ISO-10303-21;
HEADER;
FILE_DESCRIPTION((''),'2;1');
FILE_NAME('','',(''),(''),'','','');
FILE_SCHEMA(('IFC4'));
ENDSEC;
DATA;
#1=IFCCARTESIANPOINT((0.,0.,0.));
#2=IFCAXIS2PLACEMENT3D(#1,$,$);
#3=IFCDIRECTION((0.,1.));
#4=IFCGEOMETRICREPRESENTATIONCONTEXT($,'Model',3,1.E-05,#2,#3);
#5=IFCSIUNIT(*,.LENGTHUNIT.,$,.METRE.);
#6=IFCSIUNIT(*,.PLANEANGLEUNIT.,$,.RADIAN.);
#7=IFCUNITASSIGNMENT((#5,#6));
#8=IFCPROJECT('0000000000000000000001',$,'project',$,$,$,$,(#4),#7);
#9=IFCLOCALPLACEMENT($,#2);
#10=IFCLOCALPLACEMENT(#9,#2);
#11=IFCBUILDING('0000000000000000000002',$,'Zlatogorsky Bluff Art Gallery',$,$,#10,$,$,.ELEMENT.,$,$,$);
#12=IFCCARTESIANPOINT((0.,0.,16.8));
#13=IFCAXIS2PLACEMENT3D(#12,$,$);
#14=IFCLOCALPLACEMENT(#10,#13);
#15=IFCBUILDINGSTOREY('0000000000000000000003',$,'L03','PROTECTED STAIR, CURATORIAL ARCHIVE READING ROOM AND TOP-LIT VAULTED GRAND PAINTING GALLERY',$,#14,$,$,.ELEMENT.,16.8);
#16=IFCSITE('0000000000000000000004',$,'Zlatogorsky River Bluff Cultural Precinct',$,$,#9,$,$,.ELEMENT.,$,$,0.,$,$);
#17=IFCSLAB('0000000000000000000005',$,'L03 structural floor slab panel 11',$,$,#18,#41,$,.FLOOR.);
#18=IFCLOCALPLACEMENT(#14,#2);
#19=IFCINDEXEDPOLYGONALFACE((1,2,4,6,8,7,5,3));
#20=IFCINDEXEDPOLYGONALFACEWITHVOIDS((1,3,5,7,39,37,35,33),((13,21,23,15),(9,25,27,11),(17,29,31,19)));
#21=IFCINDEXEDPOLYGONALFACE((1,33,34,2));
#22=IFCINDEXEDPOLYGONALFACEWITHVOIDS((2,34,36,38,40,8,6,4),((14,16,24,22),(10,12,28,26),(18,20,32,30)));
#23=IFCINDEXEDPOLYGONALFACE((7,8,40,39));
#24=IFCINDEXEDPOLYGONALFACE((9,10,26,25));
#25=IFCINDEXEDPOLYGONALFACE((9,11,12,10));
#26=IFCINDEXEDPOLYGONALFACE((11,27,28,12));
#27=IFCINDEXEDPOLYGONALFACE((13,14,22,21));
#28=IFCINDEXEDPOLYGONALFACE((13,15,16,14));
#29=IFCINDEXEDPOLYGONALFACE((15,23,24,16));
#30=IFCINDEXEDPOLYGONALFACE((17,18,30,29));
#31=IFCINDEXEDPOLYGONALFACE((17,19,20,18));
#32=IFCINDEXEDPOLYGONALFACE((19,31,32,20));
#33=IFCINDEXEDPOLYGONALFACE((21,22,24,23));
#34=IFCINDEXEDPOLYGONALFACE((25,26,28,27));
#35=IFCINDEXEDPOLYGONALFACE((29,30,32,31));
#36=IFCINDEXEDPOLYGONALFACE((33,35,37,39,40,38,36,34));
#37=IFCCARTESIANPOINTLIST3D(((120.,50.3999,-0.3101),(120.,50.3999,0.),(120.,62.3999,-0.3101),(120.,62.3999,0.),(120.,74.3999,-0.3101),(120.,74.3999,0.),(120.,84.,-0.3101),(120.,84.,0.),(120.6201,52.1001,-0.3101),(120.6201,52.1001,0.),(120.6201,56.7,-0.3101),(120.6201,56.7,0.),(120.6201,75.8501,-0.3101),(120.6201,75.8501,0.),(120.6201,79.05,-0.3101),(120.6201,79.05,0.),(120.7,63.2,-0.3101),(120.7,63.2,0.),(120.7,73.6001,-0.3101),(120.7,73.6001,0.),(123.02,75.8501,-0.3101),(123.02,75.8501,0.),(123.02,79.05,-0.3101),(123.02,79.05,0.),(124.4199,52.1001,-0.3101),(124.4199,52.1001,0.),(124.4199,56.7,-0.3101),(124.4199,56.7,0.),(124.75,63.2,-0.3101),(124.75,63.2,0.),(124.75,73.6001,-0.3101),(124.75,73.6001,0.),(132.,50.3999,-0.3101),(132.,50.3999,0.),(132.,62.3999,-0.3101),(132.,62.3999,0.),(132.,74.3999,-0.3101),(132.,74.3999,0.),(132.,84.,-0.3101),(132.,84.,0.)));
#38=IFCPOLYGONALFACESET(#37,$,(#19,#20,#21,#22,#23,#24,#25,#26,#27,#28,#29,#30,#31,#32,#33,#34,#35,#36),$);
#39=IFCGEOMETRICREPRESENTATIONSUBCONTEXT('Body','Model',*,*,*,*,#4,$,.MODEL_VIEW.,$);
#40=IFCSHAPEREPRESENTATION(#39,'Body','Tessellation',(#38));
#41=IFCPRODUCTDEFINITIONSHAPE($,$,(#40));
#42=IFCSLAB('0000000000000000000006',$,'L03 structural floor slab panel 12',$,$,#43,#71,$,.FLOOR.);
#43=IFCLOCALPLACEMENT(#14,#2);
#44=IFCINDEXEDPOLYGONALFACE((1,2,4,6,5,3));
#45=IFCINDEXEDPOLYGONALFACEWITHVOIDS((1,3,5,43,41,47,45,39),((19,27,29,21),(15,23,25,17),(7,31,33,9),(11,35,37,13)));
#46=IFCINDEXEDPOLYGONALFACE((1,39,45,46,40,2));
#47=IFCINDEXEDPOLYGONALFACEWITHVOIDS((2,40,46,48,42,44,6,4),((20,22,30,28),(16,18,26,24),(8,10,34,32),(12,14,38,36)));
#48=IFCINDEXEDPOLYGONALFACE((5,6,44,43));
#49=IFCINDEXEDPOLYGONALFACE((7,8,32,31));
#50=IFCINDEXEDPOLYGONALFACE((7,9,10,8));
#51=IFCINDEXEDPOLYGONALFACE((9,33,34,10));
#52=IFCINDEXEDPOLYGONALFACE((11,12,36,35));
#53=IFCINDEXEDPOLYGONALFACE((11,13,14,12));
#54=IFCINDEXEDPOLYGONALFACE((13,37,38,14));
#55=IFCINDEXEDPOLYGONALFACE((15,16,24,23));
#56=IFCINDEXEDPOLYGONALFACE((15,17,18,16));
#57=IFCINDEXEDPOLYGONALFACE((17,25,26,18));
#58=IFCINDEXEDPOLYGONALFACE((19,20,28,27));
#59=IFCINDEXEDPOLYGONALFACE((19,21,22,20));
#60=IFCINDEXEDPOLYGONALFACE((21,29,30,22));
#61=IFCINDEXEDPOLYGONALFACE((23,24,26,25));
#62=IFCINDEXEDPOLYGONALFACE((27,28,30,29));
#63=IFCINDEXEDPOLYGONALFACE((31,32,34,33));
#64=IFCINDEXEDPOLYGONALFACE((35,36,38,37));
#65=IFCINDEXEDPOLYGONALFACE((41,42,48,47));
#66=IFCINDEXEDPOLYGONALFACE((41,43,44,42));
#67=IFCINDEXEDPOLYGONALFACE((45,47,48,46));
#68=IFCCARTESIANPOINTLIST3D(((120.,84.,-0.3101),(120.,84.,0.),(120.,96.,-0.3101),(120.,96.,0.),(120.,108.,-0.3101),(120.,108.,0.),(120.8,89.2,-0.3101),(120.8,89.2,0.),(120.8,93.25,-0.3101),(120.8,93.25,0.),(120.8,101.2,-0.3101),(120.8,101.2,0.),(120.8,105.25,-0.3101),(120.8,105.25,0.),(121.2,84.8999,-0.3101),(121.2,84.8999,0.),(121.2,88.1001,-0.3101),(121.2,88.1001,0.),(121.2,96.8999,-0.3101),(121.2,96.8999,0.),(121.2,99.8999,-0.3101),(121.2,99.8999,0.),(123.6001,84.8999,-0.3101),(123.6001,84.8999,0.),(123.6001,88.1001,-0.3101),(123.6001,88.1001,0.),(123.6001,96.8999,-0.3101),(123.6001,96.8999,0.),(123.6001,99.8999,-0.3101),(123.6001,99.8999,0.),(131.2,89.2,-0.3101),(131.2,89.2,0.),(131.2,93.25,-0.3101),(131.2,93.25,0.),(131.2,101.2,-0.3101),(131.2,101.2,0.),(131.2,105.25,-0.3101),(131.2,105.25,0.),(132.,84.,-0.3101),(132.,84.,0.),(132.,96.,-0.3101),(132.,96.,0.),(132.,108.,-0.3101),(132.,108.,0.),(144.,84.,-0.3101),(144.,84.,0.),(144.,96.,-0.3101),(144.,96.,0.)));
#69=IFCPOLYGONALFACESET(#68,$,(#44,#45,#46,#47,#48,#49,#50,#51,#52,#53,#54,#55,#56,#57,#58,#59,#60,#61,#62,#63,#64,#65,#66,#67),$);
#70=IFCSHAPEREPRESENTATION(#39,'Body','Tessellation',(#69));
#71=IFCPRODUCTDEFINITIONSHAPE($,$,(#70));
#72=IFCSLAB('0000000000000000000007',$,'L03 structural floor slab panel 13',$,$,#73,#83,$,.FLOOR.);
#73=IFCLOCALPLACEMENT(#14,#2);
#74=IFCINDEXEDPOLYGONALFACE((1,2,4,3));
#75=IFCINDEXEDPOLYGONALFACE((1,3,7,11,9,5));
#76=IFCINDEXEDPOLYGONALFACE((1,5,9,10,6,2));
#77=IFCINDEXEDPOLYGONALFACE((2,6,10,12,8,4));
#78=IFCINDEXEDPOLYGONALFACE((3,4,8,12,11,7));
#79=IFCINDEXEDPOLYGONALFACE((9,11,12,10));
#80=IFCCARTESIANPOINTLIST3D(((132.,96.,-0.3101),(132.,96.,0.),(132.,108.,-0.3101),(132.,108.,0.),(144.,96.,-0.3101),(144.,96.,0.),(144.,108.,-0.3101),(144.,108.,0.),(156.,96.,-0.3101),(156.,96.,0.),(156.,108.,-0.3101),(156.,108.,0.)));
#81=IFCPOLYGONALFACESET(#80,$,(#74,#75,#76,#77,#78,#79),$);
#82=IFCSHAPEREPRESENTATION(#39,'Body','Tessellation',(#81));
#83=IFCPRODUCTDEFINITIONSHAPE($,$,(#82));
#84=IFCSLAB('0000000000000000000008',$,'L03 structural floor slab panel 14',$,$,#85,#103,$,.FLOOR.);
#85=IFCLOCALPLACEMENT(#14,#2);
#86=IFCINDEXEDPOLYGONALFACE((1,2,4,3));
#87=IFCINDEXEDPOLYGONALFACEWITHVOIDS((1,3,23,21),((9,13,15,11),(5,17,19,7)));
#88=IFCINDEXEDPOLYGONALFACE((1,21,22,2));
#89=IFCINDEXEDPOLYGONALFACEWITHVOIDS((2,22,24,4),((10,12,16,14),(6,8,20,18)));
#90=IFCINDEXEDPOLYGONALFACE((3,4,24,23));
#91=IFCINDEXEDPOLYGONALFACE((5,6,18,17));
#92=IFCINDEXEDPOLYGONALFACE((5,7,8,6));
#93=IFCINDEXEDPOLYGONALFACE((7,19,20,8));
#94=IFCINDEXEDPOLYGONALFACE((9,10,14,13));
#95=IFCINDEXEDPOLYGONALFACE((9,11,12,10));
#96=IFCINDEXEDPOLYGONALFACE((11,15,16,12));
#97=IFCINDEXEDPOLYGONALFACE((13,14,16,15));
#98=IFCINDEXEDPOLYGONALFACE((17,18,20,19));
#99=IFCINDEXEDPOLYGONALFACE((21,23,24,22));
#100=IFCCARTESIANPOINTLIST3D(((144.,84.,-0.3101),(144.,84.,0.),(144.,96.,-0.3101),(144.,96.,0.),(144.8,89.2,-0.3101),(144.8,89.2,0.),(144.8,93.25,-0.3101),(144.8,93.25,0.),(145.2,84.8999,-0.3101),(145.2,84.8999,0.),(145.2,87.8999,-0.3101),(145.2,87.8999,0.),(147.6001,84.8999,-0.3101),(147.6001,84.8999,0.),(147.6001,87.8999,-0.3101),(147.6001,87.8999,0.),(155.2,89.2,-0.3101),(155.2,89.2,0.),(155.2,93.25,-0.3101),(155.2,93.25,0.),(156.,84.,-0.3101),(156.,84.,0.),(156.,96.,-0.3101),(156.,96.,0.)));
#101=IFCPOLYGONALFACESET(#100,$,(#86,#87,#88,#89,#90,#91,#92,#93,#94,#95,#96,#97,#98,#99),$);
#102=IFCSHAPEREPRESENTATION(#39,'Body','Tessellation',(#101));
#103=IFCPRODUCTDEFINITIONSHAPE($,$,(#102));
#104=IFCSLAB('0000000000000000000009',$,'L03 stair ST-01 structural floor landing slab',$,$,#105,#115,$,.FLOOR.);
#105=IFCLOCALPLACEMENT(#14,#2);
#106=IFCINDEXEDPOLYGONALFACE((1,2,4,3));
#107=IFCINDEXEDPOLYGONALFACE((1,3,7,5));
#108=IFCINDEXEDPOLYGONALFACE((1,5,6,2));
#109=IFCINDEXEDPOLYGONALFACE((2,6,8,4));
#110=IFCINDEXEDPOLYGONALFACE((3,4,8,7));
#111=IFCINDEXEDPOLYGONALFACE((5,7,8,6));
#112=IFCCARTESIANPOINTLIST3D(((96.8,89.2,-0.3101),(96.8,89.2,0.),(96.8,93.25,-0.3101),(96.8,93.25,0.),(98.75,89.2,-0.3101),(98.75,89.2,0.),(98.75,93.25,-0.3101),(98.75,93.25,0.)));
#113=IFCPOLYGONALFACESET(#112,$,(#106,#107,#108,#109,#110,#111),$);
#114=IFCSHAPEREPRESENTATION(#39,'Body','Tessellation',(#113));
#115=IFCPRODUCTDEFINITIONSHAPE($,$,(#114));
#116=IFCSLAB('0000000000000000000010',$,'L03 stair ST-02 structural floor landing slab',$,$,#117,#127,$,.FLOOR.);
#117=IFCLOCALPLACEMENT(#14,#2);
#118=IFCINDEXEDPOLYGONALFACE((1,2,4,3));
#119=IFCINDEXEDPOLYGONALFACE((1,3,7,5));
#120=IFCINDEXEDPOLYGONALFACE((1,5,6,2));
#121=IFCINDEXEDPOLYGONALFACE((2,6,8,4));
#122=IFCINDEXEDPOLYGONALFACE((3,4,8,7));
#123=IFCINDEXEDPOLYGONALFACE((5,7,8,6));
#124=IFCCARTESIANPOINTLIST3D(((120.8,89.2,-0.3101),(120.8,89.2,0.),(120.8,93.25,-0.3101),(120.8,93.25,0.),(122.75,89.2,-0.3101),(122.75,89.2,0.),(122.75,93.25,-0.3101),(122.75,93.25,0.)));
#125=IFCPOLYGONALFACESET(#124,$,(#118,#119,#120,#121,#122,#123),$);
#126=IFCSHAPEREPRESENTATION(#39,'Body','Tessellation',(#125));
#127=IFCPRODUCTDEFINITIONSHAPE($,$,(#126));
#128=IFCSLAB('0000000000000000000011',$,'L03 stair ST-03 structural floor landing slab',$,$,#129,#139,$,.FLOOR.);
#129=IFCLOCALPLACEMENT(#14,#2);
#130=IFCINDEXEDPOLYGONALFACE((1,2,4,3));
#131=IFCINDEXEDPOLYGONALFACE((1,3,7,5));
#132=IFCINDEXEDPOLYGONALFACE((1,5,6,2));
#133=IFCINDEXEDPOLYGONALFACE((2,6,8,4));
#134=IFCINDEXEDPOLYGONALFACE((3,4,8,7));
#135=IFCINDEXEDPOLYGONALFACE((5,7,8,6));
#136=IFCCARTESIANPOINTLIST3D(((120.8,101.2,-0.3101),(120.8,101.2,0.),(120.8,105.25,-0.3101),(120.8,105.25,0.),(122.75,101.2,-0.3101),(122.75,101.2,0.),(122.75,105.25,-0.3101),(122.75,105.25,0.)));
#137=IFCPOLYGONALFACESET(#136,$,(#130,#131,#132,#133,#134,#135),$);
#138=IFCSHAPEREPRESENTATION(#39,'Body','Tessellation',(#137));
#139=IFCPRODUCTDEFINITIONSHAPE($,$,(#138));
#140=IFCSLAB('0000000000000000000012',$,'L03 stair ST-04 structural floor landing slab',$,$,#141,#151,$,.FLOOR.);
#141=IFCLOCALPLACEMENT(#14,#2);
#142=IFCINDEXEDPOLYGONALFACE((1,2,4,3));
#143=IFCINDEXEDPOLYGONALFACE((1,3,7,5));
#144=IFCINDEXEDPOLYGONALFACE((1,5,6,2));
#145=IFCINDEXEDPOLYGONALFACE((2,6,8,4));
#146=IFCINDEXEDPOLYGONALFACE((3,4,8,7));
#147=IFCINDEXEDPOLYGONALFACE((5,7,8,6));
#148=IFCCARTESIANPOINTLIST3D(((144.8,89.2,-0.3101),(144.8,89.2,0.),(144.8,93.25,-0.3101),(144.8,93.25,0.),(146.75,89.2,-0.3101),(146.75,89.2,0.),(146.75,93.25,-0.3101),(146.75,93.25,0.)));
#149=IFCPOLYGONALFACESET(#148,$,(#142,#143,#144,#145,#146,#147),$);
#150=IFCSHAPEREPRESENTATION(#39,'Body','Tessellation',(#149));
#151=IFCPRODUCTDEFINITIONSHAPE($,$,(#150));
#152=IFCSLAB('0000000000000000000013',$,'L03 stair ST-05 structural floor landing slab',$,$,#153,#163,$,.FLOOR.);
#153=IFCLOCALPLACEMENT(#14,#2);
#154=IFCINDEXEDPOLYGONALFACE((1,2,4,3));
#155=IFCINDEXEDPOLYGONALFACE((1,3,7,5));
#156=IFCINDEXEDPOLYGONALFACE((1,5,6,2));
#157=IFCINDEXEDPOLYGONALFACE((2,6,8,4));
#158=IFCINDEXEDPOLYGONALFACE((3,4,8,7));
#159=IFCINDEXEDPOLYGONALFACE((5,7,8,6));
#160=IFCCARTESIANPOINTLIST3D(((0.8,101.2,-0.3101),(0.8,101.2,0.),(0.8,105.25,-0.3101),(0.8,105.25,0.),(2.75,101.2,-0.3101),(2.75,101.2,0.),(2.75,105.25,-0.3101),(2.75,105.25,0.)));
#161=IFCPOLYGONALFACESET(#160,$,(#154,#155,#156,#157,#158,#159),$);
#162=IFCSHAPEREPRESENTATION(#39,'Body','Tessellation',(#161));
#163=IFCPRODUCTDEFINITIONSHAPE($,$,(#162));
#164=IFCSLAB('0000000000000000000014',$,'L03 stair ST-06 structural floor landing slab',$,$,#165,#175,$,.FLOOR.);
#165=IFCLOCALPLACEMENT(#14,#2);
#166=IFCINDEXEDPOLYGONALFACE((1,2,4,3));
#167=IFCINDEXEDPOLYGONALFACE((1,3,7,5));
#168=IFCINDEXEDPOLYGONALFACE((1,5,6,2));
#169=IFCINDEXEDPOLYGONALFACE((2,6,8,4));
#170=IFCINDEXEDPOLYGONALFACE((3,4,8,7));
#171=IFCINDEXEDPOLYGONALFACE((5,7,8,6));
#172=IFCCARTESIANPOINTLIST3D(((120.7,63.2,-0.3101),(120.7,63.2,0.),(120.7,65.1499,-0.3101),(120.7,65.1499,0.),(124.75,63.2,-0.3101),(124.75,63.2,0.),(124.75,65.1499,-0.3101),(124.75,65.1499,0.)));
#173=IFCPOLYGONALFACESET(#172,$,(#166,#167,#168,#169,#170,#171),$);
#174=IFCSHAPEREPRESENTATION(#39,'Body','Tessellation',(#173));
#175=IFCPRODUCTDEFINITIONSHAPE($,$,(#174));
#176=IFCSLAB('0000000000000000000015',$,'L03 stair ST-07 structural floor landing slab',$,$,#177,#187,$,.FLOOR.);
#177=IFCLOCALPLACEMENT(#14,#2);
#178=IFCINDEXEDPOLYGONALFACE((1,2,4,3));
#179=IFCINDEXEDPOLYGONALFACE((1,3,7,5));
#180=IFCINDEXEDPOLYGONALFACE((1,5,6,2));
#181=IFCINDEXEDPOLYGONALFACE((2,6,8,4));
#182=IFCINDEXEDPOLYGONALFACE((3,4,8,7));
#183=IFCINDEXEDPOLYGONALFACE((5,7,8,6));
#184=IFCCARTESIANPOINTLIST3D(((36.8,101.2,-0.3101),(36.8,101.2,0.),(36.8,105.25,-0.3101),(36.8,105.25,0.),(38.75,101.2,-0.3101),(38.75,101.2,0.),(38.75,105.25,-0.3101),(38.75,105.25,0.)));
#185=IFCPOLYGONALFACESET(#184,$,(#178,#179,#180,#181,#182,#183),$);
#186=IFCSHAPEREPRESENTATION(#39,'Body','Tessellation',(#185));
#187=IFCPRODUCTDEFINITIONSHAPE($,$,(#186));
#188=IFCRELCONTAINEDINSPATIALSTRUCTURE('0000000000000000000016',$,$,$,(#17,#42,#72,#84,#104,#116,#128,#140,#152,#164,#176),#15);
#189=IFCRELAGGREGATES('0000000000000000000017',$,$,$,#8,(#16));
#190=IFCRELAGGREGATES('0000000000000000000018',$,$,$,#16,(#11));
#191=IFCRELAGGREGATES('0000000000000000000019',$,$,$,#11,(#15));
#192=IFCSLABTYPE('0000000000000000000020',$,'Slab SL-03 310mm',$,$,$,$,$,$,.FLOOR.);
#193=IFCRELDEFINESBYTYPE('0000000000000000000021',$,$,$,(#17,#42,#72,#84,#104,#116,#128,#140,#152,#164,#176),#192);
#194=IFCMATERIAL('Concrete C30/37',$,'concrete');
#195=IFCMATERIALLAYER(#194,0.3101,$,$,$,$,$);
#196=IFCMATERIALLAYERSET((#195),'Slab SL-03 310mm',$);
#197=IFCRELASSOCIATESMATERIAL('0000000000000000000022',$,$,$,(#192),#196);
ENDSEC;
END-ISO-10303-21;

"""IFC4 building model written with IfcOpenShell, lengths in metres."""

from ifc_helpers import new_model, si_unit, direction, frame, origin, place, context, subcontext, project, spatial, polyline, outline, extrude, material, layer, layer_set, type_object, element, save


model = new_model("IFC4")

# Units and contexts
model_context = context("Model", 3, precision=1e-05, world=origin(), true_north=direction((0.0, 1.0)))
body_context = subcontext(model_context, "Body", "Model", "MODEL_VIEW")
ifc_project = project(units=[si_unit("LENGTHUNIT", "METRE"), si_unit("PLANEANGLEUNIT", "RADIAN")], contexts=[model_context])

# Site, building, storey
site_placement = place(None, origin())
site = spatial("IfcSite", under=ifc_project, at=site_placement, Name="Zlatogorsky River Bluff Cultural Precinct", CompositionType="ELEMENT", RefElevation=0.0)
building_placement = place(site_placement, origin())
building = spatial("IfcBuilding", under=site, at=building_placement, Name="Zlatogorsky Bluff Art Gallery", CompositionType="ELEMENT")
storey_placement = place(building_placement, frame((0.0, 0.0, 16.8)))
storey = spatial("IfcBuildingStorey", under=building, at=storey_placement, Name="L03", Description="PROTECTED STAIR, CURATORIAL ARCHIVE READING ROOM AND TOP-LIT VAULTED GRAND PAINTING GALLERY", CompositionType="ELEMENT", Elevation=16.8)

# Slabs
ifc_material_1 = material(Name="Concrete C30/37", Category="concrete")
ifc_layer_1 = layer(ifc_material_1, 0.3101)
ifc_layer_set_1 = layer_set([ifc_layer_1], Name="Slab SL-03 310mm")
slab_type_1 = type_object("IfcSlabType", Name="Slab SL-03 310mm", PredefinedType="FLOOR", material=ifc_layer_set_1)
slab_1_placement = place(storey_placement, frame((0.0, 0.0, -0.3101)))
element("IfcSlab", 1, at=slab_1_placement, inside=storey, type_object=slab_type_1, Name="L03 structural floor slab panel 11", PredefinedType="FLOOR", context=body_context, shape_type="SweptSolid", body=[
    extrude(outline(polyline([(120.0, 50.3999), (120.0, 62.3999), (120.0, 74.3999), (120.0, 84.0), (132.0, 84.0), (132.0, 74.3999), (132.0, 62.3999), (132.0, 50.3999), (120.0, 50.3999)]), holes=[polyline([(120.6201, 79.05), (120.6201, 75.8501), (123.02, 75.8501), (123.02, 79.05), (120.6201, 79.05)]), polyline([(120.6201, 56.7), (120.6201, 52.1001), (124.4199, 52.1001), (124.4199, 56.7), (120.6201, 56.7)]), polyline([(124.75, 73.6001), (120.7, 73.6001), (120.7, 63.2), (124.75, 63.2), (124.75, 73.6001)])]), origin(), (0.0, 0.0, 1.0), 0.3101),
])
slab_2_placement = place(storey_placement, frame((0.0, 0.0, -0.3101)))
element("IfcSlab", 2, at=slab_2_placement, inside=storey, type_object=slab_type_1, Name="L03 structural floor slab panel 12", PredefinedType="FLOOR", context=body_context, shape_type="SweptSolid", body=[
    extrude(outline(polyline([(120.0, 96.0), (120.0, 108.0), (132.0, 108.0), (132.0, 96.0), (144.0, 96.0), (144.0, 84.0), (132.0, 84.0), (120.0, 84.0), (120.0, 96.0)]), holes=[polyline([(123.6001, 88.1001), (121.2, 88.1001), (121.2, 84.8999), (123.6001, 84.8999), (123.6001, 88.1001)]), polyline([(131.2, 89.2), (131.2, 93.25), (120.8, 93.25), (120.8, 89.2), (131.2, 89.2)]), polyline([(123.6001, 99.8999), (121.2, 99.8999), (121.2, 96.8999), (123.6001, 96.8999), (123.6001, 99.8999)]), polyline([(131.2, 101.2), (131.2, 105.25), (120.8, 105.25), (120.8, 101.2), (131.2, 101.2)])]), origin(), (0.0, 0.0, 1.0), 0.3101),
])
slab_3_placement = place(storey_placement, frame((0.0, 0.0, -0.3101)))
element("IfcSlab", 3, at=slab_3_placement, inside=storey, type_object=slab_type_1, Name="L03 structural floor slab panel 13", PredefinedType="FLOOR", context=body_context, shape_type="SweptSolid", body=[
    extrude(outline(polyline([(132.0, 108.0), (144.0, 108.0), (156.0, 108.0), (156.0, 96.0), (144.0, 96.0), (132.0, 96.0), (132.0, 108.0)])), origin(), (0.0, 0.0, 1.0), 0.3101),
])
slab_4_placement = place(storey_placement, frame((0.0, 0.0, -0.3101)))
element("IfcSlab", 4, at=slab_4_placement, inside=storey, type_object=slab_type_1, Name="L03 structural floor slab panel 14", PredefinedType="FLOOR", context=body_context, shape_type="SweptSolid", body=[
    extrude(outline(polyline([(144.0, 84.0), (144.0, 96.0), (156.0, 96.0), (156.0, 84.0), (144.0, 84.0)]), holes=[polyline([(147.6001, 87.8999), (145.2, 87.8999), (145.2, 84.8999), (147.6001, 84.8999), (147.6001, 87.8999)]), polyline([(155.2, 89.2), (155.2, 93.25), (144.8, 93.25), (144.8, 89.2), (155.2, 89.2)])]), origin(), (0.0, 0.0, 1.0), 0.3101),
])
slab_5_placement = place(storey_placement, frame((0.0, 0.0, -0.3101)))
element("IfcSlab", 5, at=slab_5_placement, inside=storey, type_object=slab_type_1, Name="L03 stair ST-01 structural floor landing slab", PredefinedType="FLOOR", context=body_context, shape_type="SweptSolid", body=[
    extrude(outline(polyline([(96.8, 89.2), (98.75, 89.2), (98.75, 93.25), (96.8, 93.25), (96.8, 89.2)])), origin(), (0.0, 0.0, 1.0), 0.3101),
])
slab_6_placement = place(storey_placement, frame((0.0, 0.0, -0.3101)))
element("IfcSlab", 6, at=slab_6_placement, inside=storey, type_object=slab_type_1, Name="L03 stair ST-02 structural floor landing slab", PredefinedType="FLOOR", context=body_context, shape_type="SweptSolid", body=[
    extrude(outline(polyline([(120.8, 89.2), (122.75, 89.2), (122.75, 93.25), (120.8, 93.25), (120.8, 89.2)])), origin(), (0.0, 0.0, 1.0), 0.3101),
])
slab_7_placement = place(storey_placement, frame((0.0, 0.0, -0.3101)))
element("IfcSlab", 7, at=slab_7_placement, inside=storey, type_object=slab_type_1, Name="L03 stair ST-03 structural floor landing slab", PredefinedType="FLOOR", context=body_context, shape_type="SweptSolid", body=[
    extrude(outline(polyline([(120.8, 101.2), (122.75, 101.2), (122.75, 105.25), (120.8, 105.25), (120.8, 101.2)])), origin(), (0.0, 0.0, 1.0), 0.3101),
])
slab_8_placement = place(storey_placement, frame((0.0, 0.0, -0.3101)))
element("IfcSlab", 8, at=slab_8_placement, inside=storey, type_object=slab_type_1, Name="L03 stair ST-04 structural floor landing slab", PredefinedType="FLOOR", context=body_context, shape_type="SweptSolid", body=[
    extrude(outline(polyline([(144.8, 89.2), (146.75, 89.2), (146.75, 93.25), (144.8, 93.25), (144.8, 89.2)])), origin(), (0.0, 0.0, 1.0), 0.3101),
])
slab_9_placement = place(storey_placement, frame((0.0, 0.0, -0.3101)))
element("IfcSlab", 9, at=slab_9_placement, inside=storey, type_object=slab_type_1, Name="L03 stair ST-05 structural floor landing slab", PredefinedType="FLOOR", context=body_context, shape_type="SweptSolid", body=[
    extrude(outline(polyline([(0.8, 101.2), (2.75, 101.2), (2.75, 105.25), (0.8, 105.25), (0.8, 101.2)])), origin(), (0.0, 0.0, 1.0), 0.3101),
])
slab_10_placement = place(storey_placement, frame((0.0, 0.0, -0.3101)))
element("IfcSlab", 10, at=slab_10_placement, inside=storey, type_object=slab_type_1, Name="L03 stair ST-06 structural floor landing slab", PredefinedType="FLOOR", context=body_context, shape_type="SweptSolid", body=[
    extrude(outline(polyline([(124.75, 63.2), (124.75, 65.1499), (120.7, 65.1499), (120.7, 63.2), (124.75, 63.2)])), origin(), (0.0, 0.0, 1.0), 0.3101),
])
slab_11_placement = place(storey_placement, frame((0.0, 0.0, -0.3101)))
element("IfcSlab", 11, at=slab_11_placement, inside=storey, type_object=slab_type_1, Name="L03 stair ST-07 structural floor landing slab", PredefinedType="FLOOR", context=body_context, shape_type="SweptSolid", body=[
    extrude(outline(polyline([(36.8, 101.2), (38.75, 101.2), (38.75, 105.25), (36.8, 105.25), (36.8, 101.2)])), origin(), (0.0, 0.0, 1.0), 0.3101),
])

save(model, "model.ifc")
